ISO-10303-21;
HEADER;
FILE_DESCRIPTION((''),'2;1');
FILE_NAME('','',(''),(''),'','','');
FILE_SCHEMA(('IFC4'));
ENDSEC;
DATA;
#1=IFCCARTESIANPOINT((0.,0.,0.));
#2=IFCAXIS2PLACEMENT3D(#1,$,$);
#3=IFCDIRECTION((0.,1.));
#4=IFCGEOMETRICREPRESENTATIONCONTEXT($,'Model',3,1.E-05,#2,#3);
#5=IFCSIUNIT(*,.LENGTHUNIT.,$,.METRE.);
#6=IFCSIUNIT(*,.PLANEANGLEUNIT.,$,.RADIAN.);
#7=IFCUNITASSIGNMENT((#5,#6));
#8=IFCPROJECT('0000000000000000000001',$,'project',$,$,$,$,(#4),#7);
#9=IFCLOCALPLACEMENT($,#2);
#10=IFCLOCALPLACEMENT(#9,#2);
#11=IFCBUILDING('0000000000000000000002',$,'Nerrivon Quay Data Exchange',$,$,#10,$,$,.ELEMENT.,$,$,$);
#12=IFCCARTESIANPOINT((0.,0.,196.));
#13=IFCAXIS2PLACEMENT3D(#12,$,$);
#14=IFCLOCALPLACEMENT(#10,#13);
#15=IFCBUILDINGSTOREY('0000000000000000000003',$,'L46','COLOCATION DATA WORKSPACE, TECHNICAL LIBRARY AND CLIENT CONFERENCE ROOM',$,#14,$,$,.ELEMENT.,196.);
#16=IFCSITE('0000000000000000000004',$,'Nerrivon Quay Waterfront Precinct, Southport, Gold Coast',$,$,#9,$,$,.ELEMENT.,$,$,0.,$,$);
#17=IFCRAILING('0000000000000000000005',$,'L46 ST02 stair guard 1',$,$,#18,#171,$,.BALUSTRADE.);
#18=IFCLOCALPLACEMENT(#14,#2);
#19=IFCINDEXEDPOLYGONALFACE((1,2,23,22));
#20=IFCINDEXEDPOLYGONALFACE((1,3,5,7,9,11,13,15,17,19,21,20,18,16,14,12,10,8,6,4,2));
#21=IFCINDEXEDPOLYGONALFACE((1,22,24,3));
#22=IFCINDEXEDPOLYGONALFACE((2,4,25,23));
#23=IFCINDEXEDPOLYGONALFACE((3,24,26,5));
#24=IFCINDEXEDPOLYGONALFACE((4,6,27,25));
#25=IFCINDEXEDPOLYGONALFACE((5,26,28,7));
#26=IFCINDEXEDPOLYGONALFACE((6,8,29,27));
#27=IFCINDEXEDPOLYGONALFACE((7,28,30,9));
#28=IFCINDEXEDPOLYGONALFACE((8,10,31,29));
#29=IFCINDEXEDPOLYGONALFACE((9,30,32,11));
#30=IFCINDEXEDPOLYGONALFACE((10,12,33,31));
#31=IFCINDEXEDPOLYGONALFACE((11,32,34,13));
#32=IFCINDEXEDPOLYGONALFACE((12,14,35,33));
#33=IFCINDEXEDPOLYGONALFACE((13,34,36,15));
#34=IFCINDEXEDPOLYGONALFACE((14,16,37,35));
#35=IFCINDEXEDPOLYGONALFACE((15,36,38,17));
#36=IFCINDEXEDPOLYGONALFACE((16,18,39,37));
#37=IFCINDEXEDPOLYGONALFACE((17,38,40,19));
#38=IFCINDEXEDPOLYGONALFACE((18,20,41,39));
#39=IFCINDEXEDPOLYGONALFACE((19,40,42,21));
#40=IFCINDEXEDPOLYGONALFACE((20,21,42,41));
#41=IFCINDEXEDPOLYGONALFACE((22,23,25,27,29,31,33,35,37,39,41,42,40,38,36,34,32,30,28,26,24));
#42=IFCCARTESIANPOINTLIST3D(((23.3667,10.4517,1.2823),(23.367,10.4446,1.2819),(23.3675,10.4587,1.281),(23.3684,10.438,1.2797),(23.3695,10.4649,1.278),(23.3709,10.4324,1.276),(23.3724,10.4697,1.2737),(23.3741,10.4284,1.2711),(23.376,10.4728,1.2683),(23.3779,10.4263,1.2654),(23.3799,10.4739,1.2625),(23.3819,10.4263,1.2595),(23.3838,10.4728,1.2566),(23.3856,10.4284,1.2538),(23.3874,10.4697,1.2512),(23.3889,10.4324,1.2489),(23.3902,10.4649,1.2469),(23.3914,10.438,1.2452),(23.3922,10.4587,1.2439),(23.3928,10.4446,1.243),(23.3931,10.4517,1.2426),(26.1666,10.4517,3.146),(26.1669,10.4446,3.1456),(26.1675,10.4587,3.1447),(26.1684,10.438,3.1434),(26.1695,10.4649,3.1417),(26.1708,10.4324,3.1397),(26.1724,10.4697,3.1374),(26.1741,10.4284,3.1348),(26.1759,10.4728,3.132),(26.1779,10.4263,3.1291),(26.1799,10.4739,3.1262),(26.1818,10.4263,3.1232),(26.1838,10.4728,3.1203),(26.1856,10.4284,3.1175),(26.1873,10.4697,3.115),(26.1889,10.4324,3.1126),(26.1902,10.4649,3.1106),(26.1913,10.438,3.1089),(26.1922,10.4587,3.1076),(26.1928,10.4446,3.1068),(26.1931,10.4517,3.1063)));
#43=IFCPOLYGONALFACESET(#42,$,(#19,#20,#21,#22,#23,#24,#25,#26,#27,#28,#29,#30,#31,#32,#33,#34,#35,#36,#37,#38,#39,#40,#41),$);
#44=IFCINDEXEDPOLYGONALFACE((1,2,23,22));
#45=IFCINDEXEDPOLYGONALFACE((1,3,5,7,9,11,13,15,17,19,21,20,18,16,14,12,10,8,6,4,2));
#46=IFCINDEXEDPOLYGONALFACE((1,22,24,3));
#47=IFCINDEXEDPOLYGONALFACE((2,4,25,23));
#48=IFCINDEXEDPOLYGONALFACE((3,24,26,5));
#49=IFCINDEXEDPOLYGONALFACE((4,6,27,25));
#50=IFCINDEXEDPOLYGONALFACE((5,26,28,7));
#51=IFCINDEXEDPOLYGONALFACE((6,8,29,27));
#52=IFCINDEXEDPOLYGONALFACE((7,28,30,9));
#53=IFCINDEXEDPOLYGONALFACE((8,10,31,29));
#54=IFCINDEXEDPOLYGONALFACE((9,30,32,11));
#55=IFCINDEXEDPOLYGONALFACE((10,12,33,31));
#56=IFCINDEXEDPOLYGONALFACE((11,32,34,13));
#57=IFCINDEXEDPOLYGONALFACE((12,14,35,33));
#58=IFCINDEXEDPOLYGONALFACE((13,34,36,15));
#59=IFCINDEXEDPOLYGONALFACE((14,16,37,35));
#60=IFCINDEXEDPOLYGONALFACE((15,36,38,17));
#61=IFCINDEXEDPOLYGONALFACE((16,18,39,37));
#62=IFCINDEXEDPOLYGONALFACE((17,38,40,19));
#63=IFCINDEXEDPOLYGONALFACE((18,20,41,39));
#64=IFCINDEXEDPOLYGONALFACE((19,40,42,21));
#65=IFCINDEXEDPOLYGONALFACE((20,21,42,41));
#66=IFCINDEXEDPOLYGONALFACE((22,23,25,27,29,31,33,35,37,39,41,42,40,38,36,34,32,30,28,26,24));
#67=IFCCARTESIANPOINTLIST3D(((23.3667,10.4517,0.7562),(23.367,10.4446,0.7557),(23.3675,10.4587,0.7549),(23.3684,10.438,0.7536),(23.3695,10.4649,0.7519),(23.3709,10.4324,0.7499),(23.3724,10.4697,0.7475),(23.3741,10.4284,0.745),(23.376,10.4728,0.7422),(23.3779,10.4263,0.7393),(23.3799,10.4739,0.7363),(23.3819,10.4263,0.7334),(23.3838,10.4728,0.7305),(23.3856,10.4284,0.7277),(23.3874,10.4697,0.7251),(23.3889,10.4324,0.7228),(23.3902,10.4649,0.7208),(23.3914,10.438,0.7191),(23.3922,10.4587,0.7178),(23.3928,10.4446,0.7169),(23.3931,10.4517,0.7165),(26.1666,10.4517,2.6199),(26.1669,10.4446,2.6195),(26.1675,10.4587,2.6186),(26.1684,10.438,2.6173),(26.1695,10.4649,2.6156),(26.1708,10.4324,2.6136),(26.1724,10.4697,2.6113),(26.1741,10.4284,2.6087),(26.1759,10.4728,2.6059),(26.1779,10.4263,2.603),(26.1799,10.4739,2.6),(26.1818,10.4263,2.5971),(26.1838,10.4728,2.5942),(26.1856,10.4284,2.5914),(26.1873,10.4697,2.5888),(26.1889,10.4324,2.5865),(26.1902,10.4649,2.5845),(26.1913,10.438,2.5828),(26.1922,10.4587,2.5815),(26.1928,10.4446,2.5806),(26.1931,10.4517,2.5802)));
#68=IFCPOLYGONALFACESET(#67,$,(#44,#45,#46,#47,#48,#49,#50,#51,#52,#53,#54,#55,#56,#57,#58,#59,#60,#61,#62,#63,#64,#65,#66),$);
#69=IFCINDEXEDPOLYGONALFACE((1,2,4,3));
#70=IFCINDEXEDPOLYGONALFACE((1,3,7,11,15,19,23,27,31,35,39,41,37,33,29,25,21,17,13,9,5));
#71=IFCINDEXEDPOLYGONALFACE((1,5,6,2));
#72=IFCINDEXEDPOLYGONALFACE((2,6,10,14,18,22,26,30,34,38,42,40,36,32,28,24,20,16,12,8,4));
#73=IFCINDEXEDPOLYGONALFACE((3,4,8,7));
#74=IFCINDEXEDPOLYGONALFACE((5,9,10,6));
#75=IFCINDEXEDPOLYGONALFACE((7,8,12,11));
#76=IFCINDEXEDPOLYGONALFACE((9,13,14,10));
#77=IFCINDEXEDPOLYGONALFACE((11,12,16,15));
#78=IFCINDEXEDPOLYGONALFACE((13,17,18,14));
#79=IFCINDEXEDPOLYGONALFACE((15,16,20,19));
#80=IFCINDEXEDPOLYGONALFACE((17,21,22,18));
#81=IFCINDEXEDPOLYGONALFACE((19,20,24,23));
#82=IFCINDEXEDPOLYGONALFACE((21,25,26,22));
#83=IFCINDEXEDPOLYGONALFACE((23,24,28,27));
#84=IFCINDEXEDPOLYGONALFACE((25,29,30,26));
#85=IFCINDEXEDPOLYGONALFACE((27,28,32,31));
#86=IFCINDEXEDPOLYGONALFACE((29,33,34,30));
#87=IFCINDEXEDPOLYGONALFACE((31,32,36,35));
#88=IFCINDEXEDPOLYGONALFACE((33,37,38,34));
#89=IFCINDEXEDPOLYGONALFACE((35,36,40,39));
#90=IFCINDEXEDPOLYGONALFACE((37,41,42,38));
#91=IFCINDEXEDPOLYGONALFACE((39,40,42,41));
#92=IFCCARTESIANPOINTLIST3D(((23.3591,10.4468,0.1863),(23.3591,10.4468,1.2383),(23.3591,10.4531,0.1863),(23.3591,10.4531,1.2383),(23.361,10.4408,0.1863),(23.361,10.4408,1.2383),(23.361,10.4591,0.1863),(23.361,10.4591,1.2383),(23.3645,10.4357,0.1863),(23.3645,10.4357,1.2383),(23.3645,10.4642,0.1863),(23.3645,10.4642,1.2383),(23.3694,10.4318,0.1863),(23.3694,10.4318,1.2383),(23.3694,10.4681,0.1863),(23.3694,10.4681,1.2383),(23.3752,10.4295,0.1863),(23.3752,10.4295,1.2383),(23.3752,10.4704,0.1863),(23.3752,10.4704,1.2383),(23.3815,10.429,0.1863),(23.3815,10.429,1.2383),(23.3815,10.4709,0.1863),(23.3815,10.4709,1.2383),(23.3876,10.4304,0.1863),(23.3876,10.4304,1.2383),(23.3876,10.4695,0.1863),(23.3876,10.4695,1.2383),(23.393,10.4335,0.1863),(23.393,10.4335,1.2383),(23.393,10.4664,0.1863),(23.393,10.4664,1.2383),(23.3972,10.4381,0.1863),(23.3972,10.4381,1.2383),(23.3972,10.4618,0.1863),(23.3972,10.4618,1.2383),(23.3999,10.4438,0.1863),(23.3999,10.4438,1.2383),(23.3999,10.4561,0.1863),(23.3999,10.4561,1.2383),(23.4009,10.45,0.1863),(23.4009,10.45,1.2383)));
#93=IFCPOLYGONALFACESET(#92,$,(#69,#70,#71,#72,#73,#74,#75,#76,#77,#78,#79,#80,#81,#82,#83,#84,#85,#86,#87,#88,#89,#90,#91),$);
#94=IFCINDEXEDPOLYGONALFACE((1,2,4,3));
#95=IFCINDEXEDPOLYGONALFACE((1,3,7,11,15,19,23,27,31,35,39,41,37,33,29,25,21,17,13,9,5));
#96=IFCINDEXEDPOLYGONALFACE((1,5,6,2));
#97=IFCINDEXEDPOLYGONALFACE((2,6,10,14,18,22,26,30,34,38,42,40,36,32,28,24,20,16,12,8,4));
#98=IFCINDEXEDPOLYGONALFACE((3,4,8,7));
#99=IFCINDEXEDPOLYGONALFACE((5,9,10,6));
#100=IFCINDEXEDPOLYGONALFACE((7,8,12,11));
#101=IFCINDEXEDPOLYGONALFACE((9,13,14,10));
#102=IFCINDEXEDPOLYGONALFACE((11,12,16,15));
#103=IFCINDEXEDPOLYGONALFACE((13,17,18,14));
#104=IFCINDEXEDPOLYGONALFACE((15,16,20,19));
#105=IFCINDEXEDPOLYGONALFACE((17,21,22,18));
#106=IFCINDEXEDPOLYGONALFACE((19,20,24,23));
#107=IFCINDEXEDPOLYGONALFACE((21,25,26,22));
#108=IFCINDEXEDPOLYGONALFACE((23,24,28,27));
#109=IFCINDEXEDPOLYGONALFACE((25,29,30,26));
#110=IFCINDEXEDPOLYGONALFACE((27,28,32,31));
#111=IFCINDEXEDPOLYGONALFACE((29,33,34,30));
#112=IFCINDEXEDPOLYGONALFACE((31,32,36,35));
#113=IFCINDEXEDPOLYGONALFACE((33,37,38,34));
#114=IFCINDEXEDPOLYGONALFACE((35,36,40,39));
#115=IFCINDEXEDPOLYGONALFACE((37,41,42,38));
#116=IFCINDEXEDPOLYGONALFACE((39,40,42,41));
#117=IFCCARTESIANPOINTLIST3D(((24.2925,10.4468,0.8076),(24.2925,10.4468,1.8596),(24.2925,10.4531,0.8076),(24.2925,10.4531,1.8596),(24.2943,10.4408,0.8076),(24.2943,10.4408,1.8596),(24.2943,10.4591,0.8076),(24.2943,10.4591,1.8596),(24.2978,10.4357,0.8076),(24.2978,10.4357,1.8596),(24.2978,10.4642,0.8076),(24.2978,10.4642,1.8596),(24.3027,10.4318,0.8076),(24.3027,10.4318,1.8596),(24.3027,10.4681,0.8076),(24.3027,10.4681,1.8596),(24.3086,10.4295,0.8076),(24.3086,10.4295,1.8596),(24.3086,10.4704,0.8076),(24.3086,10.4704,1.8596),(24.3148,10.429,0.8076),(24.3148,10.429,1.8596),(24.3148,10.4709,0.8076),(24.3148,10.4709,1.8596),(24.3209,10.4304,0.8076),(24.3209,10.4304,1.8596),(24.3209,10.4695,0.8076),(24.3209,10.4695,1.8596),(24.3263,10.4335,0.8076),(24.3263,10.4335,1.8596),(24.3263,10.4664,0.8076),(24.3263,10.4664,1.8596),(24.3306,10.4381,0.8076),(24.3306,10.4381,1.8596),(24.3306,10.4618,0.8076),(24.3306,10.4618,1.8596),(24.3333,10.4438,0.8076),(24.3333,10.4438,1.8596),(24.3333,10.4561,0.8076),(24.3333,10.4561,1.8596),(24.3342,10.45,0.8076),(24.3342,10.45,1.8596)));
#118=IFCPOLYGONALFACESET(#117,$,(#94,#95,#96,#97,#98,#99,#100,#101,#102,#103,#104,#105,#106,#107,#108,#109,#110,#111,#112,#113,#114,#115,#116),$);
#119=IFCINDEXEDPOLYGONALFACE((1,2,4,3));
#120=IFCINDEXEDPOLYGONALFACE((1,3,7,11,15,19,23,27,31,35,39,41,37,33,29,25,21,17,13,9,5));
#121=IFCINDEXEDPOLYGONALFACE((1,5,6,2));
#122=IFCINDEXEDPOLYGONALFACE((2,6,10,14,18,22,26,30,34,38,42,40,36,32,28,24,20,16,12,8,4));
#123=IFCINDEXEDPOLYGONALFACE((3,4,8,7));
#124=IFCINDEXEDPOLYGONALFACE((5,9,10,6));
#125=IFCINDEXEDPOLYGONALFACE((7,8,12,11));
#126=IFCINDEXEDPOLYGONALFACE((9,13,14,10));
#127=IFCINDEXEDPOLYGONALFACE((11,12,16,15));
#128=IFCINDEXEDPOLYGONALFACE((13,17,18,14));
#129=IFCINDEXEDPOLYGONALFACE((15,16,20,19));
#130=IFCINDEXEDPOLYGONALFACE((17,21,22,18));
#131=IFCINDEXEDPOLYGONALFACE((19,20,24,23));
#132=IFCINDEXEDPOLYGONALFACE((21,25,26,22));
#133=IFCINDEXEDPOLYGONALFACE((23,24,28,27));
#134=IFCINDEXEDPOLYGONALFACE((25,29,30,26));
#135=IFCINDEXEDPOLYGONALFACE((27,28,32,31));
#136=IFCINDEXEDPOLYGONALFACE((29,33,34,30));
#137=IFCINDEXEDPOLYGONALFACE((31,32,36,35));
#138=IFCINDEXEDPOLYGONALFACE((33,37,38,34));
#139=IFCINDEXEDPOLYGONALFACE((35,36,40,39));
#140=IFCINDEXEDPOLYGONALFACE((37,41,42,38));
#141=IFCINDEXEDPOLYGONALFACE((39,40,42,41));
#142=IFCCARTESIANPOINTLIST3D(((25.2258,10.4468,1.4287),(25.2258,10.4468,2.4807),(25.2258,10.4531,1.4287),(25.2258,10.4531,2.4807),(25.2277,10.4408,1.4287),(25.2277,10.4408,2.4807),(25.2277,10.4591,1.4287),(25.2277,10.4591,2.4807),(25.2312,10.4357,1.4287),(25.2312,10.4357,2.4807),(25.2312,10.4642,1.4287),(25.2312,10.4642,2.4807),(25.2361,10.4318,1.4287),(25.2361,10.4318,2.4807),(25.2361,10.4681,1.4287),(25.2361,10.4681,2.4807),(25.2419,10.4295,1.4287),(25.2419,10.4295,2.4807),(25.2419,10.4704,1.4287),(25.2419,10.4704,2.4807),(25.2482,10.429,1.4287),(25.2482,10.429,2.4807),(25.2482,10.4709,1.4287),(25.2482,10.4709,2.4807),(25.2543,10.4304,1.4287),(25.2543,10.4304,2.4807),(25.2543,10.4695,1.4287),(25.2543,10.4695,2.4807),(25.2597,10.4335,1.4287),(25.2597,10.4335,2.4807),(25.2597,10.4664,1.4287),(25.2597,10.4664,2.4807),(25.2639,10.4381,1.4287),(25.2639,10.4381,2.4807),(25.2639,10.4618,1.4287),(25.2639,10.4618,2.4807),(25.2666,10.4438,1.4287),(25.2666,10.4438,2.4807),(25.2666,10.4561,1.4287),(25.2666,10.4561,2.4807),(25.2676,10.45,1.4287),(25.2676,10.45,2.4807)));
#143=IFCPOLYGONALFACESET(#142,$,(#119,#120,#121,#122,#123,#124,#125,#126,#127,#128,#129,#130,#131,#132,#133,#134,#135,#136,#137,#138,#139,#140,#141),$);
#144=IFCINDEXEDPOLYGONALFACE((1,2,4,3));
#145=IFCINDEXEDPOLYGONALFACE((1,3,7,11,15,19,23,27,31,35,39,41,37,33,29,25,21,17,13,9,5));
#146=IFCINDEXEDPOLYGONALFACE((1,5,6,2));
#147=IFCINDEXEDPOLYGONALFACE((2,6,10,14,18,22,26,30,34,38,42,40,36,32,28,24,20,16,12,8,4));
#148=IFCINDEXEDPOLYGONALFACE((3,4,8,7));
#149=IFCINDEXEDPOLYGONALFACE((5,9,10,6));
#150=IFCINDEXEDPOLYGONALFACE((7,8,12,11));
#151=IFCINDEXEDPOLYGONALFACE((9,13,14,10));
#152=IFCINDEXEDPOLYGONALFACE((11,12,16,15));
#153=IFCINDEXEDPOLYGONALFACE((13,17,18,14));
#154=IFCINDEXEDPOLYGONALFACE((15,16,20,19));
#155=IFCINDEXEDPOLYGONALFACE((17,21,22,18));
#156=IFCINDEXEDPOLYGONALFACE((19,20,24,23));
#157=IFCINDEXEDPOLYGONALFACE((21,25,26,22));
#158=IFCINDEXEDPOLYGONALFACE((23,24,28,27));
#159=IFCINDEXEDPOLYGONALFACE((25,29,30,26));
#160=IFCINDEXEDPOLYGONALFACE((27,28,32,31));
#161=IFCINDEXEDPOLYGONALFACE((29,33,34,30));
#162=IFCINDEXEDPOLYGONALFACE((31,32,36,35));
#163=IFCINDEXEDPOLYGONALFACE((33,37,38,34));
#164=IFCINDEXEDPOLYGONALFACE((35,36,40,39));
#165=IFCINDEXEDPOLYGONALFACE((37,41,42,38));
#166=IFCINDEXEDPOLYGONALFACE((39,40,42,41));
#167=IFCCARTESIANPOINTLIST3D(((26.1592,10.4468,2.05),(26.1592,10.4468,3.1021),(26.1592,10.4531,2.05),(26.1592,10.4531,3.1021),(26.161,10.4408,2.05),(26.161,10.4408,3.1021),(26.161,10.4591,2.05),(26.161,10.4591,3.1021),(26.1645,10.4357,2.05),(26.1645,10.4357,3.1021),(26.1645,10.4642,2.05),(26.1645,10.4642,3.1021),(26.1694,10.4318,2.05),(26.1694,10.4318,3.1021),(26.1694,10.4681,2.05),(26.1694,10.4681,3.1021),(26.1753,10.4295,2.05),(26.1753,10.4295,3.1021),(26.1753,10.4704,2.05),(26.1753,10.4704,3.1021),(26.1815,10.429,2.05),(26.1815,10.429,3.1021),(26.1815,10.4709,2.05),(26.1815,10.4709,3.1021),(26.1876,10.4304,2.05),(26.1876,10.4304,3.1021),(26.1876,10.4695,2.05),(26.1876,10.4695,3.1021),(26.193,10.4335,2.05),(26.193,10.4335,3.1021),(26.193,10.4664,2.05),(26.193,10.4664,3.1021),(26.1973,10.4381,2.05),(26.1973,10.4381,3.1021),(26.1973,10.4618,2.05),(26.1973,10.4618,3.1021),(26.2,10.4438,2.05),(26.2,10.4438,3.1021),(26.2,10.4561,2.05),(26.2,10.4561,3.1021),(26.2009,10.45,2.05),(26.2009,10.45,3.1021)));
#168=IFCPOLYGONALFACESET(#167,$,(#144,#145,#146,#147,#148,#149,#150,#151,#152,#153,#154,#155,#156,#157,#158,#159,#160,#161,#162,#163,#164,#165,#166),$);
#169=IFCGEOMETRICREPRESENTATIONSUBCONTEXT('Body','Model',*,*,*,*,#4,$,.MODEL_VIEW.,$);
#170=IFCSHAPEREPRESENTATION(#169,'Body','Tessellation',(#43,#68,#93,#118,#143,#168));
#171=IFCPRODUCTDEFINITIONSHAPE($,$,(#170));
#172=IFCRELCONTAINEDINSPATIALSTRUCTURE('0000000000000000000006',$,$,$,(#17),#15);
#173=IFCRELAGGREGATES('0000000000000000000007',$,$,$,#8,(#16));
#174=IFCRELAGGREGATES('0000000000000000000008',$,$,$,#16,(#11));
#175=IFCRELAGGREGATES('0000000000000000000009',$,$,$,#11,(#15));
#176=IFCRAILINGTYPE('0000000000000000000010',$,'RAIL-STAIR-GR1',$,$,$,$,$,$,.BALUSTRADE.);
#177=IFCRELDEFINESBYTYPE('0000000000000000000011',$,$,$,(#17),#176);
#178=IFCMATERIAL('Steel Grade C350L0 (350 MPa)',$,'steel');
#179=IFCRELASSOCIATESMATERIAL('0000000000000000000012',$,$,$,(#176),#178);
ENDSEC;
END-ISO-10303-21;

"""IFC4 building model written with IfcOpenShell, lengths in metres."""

from ifc_helpers import new_model, si_unit, direction, frame, origin, origin_2d, place, context, subcontext, project, spatial, circle, extrude, material, type_object, element, save


model = new_model("IFC4")

# Units and contexts
model_context = context("Model", 3, precision=1e-05, world=origin(), true_north=direction((0.0, 1.0)))
body_context = subcontext(model_context, "Body", "Model", "MODEL_VIEW")
ifc_project = project(units=[si_unit("LENGTHUNIT", "METRE"), si_unit("PLANEANGLEUNIT", "RADIAN")], contexts=[model_context])

# Site, building, storey
site_placement = place(None, origin())
site = spatial("IfcSite", under=ifc_project, at=site_placement, Name="Nerrivon Quay Waterfront Precinct, Southport, Gold Coast", CompositionType="ELEMENT", RefElevation=0.0)
building_placement = place(site_placement, origin())
building = spatial("IfcBuilding", under=site, at=building_placement, Name="Nerrivon Quay Data Exchange", CompositionType="ELEMENT")
storey_placement = place(building_placement, frame((0.0, 0.0, 196.0)))
storey = spatial("IfcBuildingStorey", under=building, at=storey_placement, Name="L46", Description="COLOCATION DATA WORKSPACE, TECHNICAL LIBRARY AND CLIENT CONFERENCE ROOM", CompositionType="ELEMENT", Elevation=196.0)

# Railing
ifc_material_1 = material(Name="Steel Grade C350L0 (350 MPa)", Category="steel")
railing_type_1 = type_object("IfcRailingType", Name="RAIL-STAIR-GR1", PredefinedType="BALUSTRADE", material=ifc_material_1)
railing_1_placement = place(storey_placement, frame((23.3799, 10.45, 0.1863)))
element("IfcRailing", 1, at=railing_1_placement, inside=storey, type_object=railing_type_1, Name="L46 ST02 stair guard 1", PredefinedType="BALUSTRADE", context=body_context, shape_type="SweptSolid", body=[
    extrude(circle(Radius=0.0239, at=origin_2d()), frame((0.0, 0.0, 1.0762), z_axis=(0.832452, 0.0, 0.554097), x_axis=(0.0, 1.0, 0.0)), (0.0, 0.0, 1.0), 3.3635),
    extrude(circle(Radius=0.0239, at=origin_2d()), frame((0.0, 0.0, 0.55), z_axis=(0.832452, 0.0, 0.554097), x_axis=(0.0, 1.0, 0.0)), (0.0, 0.0, 1.0), 3.3635),
    extrude(circle(Radius=0.021, at=origin_2d()), origin(), (0.0, 0.0, 1.0), 1.052),
    extrude(circle(Radius=0.021, at=origin_2d()), frame((0.9333, 0.0, 0.6213)), (0.0, 0.0, 1.0), 1.052),
    extrude(circle(Radius=0.021, at=origin_2d()), frame((1.8667, 0.0, 1.2424)), (0.0, 0.0, 1.0), 1.052),
    extrude(circle(Radius=0.021, at=origin_2d()), frame((2.8, 0.0, 1.8638)), (0.0, 0.0, 1.0), 1.052),
])

save(model, "model.ifc")
